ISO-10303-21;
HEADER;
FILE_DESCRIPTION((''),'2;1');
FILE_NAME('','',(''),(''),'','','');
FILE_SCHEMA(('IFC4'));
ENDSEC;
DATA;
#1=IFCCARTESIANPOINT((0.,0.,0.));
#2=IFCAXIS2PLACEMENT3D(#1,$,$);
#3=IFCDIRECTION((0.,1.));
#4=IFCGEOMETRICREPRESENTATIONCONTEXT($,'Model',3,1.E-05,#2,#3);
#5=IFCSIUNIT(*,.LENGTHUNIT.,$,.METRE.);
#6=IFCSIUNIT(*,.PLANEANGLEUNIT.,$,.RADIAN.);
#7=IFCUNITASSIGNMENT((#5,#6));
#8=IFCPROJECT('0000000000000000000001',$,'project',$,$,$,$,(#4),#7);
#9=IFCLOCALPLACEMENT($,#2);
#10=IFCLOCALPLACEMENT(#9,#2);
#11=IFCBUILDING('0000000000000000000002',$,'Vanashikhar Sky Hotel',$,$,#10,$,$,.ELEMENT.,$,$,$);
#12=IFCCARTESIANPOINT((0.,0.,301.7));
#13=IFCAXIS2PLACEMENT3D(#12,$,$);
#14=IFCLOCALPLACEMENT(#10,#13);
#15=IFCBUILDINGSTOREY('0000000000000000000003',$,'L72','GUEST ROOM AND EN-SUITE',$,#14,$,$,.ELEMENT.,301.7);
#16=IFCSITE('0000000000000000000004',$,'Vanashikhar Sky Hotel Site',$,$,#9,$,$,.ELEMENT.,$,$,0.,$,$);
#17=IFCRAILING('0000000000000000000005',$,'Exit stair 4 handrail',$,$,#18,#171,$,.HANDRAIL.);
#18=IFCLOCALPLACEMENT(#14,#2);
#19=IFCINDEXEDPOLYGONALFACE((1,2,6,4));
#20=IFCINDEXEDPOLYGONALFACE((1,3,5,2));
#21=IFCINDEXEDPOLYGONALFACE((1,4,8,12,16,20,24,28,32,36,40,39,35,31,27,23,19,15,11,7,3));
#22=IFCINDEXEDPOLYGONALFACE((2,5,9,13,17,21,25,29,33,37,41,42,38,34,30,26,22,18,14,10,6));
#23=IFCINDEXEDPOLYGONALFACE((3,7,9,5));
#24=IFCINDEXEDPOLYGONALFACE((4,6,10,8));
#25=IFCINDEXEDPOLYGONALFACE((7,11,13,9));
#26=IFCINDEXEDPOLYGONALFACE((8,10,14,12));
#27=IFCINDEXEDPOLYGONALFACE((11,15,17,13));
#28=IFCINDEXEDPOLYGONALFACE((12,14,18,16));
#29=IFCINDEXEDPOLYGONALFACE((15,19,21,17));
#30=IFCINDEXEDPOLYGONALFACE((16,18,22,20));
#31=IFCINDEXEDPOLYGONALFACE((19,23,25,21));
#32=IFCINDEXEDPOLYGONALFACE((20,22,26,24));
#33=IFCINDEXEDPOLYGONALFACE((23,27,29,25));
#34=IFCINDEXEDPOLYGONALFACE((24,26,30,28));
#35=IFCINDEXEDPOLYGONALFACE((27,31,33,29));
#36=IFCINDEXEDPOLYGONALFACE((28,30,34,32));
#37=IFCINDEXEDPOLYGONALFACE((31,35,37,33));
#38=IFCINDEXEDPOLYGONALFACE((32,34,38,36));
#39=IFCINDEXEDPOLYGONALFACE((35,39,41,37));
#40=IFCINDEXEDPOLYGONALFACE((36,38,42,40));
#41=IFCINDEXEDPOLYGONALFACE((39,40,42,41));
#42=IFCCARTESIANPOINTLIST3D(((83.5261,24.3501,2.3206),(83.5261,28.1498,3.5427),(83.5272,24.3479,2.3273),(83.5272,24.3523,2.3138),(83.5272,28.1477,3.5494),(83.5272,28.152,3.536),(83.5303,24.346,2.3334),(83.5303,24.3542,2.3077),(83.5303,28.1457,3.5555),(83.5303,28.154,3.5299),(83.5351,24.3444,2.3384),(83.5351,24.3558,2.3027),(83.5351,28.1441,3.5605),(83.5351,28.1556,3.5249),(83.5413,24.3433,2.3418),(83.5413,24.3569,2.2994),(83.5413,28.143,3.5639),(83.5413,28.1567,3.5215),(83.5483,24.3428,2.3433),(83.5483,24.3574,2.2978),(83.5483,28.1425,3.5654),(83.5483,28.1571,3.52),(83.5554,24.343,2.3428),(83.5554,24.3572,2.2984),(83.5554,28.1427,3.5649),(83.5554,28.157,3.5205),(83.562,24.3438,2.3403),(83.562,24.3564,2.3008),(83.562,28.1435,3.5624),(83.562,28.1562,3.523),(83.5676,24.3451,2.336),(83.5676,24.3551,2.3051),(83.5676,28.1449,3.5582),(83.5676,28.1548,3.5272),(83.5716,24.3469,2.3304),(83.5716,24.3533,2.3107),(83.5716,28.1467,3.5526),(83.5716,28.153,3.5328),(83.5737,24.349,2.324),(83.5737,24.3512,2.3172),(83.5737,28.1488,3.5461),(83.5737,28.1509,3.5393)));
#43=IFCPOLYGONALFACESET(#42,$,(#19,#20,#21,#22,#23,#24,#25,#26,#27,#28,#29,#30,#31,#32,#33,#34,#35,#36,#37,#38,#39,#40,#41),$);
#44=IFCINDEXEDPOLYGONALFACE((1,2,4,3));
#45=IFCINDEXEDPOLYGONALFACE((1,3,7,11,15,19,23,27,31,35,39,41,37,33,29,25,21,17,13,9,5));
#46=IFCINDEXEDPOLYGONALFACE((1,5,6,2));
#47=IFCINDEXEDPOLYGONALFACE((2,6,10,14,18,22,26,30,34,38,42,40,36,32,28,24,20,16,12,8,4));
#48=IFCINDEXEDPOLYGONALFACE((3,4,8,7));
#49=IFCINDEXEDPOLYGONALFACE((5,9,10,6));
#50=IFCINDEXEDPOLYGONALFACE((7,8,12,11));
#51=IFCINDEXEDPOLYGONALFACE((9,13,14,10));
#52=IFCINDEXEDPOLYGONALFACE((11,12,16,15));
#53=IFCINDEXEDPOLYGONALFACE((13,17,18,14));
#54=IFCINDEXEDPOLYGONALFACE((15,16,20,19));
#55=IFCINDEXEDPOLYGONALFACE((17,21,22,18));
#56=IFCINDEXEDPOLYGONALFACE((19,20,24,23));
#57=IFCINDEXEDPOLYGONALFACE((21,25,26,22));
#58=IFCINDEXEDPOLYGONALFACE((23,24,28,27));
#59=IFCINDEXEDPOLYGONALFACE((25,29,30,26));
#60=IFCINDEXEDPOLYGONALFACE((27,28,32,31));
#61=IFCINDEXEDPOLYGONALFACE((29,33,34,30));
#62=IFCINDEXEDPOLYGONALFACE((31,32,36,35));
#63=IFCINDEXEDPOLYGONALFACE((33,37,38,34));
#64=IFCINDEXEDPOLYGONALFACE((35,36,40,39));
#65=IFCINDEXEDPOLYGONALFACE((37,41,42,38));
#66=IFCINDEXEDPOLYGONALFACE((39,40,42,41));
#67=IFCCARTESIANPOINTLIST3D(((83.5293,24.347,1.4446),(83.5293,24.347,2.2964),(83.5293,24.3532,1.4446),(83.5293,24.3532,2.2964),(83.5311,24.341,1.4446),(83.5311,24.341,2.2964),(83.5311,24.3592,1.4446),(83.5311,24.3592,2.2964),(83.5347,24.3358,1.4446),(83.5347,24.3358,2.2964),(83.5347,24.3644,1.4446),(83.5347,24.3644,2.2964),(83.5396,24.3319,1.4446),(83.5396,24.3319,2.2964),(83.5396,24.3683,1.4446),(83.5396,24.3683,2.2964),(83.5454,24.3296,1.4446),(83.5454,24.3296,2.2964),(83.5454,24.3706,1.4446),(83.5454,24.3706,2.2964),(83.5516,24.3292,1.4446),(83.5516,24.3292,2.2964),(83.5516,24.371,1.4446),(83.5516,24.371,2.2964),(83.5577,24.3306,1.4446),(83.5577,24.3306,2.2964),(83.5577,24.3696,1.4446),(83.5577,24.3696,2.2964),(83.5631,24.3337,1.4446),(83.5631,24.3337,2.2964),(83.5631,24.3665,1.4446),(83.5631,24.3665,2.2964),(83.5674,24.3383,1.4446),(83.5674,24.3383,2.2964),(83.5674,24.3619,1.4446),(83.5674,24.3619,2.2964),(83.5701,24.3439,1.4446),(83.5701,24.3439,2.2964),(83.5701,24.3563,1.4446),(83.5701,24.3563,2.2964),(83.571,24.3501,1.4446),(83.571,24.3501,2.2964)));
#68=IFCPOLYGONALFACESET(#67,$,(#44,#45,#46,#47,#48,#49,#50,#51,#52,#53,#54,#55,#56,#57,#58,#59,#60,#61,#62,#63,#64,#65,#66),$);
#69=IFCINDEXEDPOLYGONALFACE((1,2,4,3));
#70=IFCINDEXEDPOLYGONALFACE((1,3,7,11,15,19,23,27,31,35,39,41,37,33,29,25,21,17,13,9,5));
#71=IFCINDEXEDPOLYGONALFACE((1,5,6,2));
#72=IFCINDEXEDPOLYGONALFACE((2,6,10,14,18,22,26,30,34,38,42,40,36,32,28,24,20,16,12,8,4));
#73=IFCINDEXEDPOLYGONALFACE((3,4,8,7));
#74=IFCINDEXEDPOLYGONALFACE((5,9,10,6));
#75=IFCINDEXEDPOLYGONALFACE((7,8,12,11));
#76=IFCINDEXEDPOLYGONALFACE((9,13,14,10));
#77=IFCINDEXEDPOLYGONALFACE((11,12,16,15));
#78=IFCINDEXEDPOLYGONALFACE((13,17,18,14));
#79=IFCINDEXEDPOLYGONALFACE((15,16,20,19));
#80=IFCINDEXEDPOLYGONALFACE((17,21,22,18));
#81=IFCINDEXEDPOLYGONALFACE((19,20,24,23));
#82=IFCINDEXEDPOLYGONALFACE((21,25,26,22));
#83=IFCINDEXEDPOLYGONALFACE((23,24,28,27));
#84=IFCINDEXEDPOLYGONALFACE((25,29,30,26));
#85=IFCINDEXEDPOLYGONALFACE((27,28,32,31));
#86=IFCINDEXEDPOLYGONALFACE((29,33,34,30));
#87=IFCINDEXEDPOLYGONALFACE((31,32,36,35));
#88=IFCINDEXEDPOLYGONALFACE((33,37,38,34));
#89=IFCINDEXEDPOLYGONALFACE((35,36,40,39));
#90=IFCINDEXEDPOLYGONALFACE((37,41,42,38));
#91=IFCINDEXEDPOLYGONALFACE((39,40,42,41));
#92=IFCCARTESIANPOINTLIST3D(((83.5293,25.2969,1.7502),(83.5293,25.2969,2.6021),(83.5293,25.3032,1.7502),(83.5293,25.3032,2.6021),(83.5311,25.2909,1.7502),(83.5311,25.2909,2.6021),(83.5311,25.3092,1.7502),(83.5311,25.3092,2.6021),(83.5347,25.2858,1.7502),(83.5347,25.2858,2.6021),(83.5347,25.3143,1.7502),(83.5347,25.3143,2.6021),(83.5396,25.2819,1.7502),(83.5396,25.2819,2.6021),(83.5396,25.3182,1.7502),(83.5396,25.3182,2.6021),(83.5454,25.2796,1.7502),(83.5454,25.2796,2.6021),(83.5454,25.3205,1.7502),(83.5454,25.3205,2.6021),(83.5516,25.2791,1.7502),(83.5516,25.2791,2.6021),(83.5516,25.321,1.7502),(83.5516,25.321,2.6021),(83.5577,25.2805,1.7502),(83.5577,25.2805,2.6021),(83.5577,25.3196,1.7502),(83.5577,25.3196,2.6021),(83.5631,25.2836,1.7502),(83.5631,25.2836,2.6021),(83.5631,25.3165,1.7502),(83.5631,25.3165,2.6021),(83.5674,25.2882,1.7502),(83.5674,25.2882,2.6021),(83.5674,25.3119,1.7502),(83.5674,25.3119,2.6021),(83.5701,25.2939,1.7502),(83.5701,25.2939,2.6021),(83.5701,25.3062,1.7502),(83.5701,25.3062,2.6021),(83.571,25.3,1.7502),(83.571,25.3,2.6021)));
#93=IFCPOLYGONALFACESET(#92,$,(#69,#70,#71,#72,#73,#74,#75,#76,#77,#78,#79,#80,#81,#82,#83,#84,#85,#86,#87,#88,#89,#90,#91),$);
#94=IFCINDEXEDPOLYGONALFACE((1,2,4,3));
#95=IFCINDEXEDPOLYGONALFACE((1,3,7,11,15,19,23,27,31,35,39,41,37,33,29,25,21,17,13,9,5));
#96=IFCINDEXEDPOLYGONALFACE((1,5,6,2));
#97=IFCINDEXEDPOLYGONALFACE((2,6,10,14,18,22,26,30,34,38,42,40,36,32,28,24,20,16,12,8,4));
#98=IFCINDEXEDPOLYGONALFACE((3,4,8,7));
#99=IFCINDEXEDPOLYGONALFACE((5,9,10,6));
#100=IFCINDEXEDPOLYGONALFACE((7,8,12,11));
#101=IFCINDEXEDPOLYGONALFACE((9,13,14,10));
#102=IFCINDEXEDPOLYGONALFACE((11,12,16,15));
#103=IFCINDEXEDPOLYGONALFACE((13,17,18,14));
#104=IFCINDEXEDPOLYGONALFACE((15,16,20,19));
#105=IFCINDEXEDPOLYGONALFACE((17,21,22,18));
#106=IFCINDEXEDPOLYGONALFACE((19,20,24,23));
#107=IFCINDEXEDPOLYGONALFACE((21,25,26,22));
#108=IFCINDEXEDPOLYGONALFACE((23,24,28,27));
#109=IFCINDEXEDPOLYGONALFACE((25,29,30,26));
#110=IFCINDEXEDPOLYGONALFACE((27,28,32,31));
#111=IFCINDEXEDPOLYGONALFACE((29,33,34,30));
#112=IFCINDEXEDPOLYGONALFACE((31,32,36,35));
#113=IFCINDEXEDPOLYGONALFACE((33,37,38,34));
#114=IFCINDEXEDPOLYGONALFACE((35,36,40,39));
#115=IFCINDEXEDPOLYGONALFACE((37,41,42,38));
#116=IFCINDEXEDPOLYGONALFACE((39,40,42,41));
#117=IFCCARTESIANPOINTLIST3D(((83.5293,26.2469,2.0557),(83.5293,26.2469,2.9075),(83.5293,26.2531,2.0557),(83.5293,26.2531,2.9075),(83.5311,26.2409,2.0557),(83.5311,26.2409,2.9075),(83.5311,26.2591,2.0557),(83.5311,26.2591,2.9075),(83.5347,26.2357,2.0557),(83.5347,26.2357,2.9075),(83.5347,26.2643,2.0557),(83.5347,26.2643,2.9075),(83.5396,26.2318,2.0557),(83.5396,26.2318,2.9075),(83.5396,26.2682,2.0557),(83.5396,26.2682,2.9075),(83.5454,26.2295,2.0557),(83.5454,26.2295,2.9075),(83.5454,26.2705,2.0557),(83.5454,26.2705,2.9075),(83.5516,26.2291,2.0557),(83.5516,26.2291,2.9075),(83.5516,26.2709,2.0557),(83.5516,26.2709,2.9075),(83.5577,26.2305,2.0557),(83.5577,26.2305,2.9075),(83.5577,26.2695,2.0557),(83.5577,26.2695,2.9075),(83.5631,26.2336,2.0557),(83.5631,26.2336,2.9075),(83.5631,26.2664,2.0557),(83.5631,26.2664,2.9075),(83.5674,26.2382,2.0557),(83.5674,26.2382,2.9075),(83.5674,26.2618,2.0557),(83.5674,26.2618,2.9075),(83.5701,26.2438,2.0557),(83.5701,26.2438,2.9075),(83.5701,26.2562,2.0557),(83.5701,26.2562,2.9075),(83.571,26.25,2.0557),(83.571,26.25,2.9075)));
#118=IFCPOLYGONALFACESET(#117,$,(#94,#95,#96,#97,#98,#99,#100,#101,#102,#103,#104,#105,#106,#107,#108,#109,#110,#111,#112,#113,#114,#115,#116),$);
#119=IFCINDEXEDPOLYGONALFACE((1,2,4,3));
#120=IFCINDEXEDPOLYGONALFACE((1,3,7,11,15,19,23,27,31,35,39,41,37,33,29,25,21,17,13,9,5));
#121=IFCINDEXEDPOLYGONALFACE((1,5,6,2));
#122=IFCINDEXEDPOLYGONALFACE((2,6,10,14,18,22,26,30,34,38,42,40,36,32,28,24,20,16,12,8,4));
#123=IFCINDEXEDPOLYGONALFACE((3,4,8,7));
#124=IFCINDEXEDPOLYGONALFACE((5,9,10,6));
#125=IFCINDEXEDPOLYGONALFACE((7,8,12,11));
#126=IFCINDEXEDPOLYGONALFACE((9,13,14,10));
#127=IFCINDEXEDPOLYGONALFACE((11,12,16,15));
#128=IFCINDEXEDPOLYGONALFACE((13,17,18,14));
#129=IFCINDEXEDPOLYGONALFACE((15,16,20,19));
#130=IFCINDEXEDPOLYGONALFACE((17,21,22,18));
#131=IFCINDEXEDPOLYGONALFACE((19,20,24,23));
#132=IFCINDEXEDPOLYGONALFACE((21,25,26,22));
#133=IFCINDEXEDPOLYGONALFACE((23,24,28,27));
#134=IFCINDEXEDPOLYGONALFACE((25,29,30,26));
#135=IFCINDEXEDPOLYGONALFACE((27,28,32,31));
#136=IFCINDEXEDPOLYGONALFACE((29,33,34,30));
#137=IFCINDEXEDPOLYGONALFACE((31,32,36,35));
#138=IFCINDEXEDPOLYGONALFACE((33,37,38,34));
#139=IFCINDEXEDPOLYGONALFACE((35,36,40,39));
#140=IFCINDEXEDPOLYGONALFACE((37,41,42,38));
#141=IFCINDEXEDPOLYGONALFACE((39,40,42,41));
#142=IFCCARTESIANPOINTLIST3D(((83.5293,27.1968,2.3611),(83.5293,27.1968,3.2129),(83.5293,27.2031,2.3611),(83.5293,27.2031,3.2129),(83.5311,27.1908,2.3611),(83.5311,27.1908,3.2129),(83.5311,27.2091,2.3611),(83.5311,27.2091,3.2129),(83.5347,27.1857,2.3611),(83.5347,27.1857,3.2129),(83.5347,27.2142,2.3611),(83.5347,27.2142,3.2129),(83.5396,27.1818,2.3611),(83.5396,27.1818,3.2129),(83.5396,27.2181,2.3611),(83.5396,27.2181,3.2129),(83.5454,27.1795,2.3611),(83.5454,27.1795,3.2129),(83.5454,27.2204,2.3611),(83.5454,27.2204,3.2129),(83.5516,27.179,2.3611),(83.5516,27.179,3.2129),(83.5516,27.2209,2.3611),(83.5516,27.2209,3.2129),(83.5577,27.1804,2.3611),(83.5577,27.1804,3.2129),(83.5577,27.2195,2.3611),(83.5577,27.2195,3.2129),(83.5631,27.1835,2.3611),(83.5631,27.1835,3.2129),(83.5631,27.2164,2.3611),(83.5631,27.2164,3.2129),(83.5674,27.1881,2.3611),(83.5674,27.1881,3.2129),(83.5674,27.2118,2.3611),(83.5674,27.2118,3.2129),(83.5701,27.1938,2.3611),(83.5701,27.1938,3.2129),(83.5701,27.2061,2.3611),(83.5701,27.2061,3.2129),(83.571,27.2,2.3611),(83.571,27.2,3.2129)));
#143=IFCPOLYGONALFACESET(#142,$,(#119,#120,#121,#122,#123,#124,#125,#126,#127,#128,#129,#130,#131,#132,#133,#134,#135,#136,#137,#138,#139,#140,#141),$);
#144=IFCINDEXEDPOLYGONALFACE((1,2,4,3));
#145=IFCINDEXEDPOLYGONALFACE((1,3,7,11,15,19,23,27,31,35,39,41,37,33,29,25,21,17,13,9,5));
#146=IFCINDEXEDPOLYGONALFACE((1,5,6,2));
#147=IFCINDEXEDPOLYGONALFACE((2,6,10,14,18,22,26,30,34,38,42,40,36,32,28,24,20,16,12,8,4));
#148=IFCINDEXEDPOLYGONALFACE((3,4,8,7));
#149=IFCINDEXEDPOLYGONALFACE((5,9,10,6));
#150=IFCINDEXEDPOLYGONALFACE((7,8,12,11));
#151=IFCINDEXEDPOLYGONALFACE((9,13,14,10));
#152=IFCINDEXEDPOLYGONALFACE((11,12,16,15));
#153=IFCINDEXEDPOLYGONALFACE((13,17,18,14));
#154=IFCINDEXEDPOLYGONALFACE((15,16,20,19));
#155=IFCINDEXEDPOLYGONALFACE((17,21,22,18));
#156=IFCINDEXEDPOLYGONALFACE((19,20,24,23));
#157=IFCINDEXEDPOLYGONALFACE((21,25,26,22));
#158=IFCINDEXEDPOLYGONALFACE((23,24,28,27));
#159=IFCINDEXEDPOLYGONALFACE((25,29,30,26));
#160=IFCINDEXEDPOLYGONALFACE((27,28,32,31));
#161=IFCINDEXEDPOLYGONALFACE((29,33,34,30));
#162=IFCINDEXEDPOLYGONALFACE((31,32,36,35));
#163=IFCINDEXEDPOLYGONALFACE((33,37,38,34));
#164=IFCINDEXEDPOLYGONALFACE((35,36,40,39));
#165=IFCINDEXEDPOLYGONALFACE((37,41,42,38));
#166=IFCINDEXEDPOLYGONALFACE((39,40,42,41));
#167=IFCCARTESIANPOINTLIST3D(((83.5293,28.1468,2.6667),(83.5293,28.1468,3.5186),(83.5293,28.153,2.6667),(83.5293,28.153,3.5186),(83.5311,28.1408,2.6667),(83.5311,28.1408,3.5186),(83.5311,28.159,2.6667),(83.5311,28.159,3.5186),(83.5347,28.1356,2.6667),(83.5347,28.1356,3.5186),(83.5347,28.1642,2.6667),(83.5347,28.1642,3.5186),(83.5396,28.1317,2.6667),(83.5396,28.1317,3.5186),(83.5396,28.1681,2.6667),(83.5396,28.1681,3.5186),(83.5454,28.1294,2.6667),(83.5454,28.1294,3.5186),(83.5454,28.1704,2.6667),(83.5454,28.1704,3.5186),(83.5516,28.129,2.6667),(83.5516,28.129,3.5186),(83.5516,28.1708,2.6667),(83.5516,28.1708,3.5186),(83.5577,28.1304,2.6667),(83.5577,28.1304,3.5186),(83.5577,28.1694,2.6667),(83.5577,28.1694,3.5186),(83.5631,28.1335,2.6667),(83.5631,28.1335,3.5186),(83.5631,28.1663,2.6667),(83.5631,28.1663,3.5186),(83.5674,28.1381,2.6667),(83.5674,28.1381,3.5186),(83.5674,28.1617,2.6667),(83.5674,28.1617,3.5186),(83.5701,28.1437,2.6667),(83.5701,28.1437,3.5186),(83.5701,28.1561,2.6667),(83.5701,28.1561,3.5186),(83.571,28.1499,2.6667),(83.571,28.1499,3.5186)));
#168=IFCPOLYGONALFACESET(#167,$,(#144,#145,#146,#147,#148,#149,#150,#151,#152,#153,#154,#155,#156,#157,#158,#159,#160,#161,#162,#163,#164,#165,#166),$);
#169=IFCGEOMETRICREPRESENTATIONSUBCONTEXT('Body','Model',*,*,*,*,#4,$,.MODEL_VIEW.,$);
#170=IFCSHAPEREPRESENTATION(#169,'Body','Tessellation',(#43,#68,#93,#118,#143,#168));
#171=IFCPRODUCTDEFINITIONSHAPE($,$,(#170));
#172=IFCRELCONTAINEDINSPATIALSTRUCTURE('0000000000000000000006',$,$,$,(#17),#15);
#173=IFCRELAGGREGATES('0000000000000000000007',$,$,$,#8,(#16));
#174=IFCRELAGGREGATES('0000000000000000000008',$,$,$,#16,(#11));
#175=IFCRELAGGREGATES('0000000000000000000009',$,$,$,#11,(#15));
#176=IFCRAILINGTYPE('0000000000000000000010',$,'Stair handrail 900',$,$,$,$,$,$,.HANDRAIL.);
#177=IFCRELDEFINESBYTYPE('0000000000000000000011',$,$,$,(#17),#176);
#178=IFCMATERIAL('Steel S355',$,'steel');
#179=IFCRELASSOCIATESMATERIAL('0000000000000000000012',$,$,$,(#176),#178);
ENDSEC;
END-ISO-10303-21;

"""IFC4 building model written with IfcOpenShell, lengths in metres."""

from ifc_helpers import new_model, si_unit, direction, frame, origin, origin_2d, place, context, subcontext, project, spatial, circle, extrude, source, transform, mapped, material, type_object, element, save


model = new_model("IFC4")

# Units and contexts
model_context = context("Model", 3, precision=1e-05, world=origin(), true_north=direction((0.0, 1.0)))
body_context = subcontext(model_context, "Body", "Model", "MODEL_VIEW")
ifc_project = project(units=[si_unit("LENGTHUNIT", "METRE"), si_unit("PLANEANGLEUNIT", "RADIAN")], contexts=[model_context])

# Site, building, storey
site_placement = place(None, origin())
site = spatial("IfcSite", under=ifc_project, at=site_placement, Name="Vanashikhar Sky Hotel Site", CompositionType="ELEMENT", RefElevation=0.0)
building_placement = place(site_placement, origin())
building = spatial("IfcBuilding", under=site, at=building_placement, Name="Vanashikhar Sky Hotel", CompositionType="ELEMENT")
storey_placement = place(building_placement, frame((0.0, 0.0, 301.7)))
storey = spatial("IfcBuildingStorey", under=building, at=storey_placement, Name="L72", Description="GUEST ROOM AND EN-SUITE", CompositionType="ELEMENT", Elevation=301.7)

# Railing
ifc_material_1 = material(Name="Steel S355", Category="steel")
railing_type = type_object("IfcRailingType", Name="Stair handrail 900", PredefinedType="HANDRAIL", material=ifc_material_1)
shared_shape_1 = source(origin(), body_context, "Body", "SweptSolid", [
    extrude(circle(Radius=0.0239, at=origin_2d()), frame((0.0, 0.0, 0.876), z_axis=(0.0, 0.95197, 0.306191), x_axis=(-1.0, 0.0, 0.0)), (0.0, 0.0, 1.0), 3.9915),
    extrude(circle(Radius=0.021, at=origin_2d()), origin(), (0.0, 0.0, 1.0), 0.8518),
    extrude(circle(Radius=0.021, at=origin_2d()), frame((0.0, 0.95, 0.3057)), (0.0, 0.0, 1.0), 0.8518),
    extrude(circle(Radius=0.021, at=origin_2d()), frame((0.0, 1.8999, 0.6111)), (0.0, 0.0, 1.0), 0.8518),
    extrude(circle(Radius=0.021, at=origin_2d()), frame((0.0, 2.8499, 0.9165)), (0.0, 0.0, 1.0), 0.8518),
    extrude(circle(Radius=0.021, at=origin_2d()), frame((0.0, 3.7998, 1.2222)), (0.0, 0.0, 1.0), 0.8518),
])
railing_1_placement = place(storey_placement, frame((83.55, 24.3501, 1.4446)))
element("IfcRailing", 1, at=railing_1_placement, inside=storey, type_object=railing_type, Name="Exit stair 4 handrail", PredefinedType="HANDRAIL", context=body_context, shape_type="MappedRepresentation", body=[
    mapped(shared_shape_1, transform((0.0, 0.0, 0.0), scale=1.0)),
])

save(model, "model.ifc")
